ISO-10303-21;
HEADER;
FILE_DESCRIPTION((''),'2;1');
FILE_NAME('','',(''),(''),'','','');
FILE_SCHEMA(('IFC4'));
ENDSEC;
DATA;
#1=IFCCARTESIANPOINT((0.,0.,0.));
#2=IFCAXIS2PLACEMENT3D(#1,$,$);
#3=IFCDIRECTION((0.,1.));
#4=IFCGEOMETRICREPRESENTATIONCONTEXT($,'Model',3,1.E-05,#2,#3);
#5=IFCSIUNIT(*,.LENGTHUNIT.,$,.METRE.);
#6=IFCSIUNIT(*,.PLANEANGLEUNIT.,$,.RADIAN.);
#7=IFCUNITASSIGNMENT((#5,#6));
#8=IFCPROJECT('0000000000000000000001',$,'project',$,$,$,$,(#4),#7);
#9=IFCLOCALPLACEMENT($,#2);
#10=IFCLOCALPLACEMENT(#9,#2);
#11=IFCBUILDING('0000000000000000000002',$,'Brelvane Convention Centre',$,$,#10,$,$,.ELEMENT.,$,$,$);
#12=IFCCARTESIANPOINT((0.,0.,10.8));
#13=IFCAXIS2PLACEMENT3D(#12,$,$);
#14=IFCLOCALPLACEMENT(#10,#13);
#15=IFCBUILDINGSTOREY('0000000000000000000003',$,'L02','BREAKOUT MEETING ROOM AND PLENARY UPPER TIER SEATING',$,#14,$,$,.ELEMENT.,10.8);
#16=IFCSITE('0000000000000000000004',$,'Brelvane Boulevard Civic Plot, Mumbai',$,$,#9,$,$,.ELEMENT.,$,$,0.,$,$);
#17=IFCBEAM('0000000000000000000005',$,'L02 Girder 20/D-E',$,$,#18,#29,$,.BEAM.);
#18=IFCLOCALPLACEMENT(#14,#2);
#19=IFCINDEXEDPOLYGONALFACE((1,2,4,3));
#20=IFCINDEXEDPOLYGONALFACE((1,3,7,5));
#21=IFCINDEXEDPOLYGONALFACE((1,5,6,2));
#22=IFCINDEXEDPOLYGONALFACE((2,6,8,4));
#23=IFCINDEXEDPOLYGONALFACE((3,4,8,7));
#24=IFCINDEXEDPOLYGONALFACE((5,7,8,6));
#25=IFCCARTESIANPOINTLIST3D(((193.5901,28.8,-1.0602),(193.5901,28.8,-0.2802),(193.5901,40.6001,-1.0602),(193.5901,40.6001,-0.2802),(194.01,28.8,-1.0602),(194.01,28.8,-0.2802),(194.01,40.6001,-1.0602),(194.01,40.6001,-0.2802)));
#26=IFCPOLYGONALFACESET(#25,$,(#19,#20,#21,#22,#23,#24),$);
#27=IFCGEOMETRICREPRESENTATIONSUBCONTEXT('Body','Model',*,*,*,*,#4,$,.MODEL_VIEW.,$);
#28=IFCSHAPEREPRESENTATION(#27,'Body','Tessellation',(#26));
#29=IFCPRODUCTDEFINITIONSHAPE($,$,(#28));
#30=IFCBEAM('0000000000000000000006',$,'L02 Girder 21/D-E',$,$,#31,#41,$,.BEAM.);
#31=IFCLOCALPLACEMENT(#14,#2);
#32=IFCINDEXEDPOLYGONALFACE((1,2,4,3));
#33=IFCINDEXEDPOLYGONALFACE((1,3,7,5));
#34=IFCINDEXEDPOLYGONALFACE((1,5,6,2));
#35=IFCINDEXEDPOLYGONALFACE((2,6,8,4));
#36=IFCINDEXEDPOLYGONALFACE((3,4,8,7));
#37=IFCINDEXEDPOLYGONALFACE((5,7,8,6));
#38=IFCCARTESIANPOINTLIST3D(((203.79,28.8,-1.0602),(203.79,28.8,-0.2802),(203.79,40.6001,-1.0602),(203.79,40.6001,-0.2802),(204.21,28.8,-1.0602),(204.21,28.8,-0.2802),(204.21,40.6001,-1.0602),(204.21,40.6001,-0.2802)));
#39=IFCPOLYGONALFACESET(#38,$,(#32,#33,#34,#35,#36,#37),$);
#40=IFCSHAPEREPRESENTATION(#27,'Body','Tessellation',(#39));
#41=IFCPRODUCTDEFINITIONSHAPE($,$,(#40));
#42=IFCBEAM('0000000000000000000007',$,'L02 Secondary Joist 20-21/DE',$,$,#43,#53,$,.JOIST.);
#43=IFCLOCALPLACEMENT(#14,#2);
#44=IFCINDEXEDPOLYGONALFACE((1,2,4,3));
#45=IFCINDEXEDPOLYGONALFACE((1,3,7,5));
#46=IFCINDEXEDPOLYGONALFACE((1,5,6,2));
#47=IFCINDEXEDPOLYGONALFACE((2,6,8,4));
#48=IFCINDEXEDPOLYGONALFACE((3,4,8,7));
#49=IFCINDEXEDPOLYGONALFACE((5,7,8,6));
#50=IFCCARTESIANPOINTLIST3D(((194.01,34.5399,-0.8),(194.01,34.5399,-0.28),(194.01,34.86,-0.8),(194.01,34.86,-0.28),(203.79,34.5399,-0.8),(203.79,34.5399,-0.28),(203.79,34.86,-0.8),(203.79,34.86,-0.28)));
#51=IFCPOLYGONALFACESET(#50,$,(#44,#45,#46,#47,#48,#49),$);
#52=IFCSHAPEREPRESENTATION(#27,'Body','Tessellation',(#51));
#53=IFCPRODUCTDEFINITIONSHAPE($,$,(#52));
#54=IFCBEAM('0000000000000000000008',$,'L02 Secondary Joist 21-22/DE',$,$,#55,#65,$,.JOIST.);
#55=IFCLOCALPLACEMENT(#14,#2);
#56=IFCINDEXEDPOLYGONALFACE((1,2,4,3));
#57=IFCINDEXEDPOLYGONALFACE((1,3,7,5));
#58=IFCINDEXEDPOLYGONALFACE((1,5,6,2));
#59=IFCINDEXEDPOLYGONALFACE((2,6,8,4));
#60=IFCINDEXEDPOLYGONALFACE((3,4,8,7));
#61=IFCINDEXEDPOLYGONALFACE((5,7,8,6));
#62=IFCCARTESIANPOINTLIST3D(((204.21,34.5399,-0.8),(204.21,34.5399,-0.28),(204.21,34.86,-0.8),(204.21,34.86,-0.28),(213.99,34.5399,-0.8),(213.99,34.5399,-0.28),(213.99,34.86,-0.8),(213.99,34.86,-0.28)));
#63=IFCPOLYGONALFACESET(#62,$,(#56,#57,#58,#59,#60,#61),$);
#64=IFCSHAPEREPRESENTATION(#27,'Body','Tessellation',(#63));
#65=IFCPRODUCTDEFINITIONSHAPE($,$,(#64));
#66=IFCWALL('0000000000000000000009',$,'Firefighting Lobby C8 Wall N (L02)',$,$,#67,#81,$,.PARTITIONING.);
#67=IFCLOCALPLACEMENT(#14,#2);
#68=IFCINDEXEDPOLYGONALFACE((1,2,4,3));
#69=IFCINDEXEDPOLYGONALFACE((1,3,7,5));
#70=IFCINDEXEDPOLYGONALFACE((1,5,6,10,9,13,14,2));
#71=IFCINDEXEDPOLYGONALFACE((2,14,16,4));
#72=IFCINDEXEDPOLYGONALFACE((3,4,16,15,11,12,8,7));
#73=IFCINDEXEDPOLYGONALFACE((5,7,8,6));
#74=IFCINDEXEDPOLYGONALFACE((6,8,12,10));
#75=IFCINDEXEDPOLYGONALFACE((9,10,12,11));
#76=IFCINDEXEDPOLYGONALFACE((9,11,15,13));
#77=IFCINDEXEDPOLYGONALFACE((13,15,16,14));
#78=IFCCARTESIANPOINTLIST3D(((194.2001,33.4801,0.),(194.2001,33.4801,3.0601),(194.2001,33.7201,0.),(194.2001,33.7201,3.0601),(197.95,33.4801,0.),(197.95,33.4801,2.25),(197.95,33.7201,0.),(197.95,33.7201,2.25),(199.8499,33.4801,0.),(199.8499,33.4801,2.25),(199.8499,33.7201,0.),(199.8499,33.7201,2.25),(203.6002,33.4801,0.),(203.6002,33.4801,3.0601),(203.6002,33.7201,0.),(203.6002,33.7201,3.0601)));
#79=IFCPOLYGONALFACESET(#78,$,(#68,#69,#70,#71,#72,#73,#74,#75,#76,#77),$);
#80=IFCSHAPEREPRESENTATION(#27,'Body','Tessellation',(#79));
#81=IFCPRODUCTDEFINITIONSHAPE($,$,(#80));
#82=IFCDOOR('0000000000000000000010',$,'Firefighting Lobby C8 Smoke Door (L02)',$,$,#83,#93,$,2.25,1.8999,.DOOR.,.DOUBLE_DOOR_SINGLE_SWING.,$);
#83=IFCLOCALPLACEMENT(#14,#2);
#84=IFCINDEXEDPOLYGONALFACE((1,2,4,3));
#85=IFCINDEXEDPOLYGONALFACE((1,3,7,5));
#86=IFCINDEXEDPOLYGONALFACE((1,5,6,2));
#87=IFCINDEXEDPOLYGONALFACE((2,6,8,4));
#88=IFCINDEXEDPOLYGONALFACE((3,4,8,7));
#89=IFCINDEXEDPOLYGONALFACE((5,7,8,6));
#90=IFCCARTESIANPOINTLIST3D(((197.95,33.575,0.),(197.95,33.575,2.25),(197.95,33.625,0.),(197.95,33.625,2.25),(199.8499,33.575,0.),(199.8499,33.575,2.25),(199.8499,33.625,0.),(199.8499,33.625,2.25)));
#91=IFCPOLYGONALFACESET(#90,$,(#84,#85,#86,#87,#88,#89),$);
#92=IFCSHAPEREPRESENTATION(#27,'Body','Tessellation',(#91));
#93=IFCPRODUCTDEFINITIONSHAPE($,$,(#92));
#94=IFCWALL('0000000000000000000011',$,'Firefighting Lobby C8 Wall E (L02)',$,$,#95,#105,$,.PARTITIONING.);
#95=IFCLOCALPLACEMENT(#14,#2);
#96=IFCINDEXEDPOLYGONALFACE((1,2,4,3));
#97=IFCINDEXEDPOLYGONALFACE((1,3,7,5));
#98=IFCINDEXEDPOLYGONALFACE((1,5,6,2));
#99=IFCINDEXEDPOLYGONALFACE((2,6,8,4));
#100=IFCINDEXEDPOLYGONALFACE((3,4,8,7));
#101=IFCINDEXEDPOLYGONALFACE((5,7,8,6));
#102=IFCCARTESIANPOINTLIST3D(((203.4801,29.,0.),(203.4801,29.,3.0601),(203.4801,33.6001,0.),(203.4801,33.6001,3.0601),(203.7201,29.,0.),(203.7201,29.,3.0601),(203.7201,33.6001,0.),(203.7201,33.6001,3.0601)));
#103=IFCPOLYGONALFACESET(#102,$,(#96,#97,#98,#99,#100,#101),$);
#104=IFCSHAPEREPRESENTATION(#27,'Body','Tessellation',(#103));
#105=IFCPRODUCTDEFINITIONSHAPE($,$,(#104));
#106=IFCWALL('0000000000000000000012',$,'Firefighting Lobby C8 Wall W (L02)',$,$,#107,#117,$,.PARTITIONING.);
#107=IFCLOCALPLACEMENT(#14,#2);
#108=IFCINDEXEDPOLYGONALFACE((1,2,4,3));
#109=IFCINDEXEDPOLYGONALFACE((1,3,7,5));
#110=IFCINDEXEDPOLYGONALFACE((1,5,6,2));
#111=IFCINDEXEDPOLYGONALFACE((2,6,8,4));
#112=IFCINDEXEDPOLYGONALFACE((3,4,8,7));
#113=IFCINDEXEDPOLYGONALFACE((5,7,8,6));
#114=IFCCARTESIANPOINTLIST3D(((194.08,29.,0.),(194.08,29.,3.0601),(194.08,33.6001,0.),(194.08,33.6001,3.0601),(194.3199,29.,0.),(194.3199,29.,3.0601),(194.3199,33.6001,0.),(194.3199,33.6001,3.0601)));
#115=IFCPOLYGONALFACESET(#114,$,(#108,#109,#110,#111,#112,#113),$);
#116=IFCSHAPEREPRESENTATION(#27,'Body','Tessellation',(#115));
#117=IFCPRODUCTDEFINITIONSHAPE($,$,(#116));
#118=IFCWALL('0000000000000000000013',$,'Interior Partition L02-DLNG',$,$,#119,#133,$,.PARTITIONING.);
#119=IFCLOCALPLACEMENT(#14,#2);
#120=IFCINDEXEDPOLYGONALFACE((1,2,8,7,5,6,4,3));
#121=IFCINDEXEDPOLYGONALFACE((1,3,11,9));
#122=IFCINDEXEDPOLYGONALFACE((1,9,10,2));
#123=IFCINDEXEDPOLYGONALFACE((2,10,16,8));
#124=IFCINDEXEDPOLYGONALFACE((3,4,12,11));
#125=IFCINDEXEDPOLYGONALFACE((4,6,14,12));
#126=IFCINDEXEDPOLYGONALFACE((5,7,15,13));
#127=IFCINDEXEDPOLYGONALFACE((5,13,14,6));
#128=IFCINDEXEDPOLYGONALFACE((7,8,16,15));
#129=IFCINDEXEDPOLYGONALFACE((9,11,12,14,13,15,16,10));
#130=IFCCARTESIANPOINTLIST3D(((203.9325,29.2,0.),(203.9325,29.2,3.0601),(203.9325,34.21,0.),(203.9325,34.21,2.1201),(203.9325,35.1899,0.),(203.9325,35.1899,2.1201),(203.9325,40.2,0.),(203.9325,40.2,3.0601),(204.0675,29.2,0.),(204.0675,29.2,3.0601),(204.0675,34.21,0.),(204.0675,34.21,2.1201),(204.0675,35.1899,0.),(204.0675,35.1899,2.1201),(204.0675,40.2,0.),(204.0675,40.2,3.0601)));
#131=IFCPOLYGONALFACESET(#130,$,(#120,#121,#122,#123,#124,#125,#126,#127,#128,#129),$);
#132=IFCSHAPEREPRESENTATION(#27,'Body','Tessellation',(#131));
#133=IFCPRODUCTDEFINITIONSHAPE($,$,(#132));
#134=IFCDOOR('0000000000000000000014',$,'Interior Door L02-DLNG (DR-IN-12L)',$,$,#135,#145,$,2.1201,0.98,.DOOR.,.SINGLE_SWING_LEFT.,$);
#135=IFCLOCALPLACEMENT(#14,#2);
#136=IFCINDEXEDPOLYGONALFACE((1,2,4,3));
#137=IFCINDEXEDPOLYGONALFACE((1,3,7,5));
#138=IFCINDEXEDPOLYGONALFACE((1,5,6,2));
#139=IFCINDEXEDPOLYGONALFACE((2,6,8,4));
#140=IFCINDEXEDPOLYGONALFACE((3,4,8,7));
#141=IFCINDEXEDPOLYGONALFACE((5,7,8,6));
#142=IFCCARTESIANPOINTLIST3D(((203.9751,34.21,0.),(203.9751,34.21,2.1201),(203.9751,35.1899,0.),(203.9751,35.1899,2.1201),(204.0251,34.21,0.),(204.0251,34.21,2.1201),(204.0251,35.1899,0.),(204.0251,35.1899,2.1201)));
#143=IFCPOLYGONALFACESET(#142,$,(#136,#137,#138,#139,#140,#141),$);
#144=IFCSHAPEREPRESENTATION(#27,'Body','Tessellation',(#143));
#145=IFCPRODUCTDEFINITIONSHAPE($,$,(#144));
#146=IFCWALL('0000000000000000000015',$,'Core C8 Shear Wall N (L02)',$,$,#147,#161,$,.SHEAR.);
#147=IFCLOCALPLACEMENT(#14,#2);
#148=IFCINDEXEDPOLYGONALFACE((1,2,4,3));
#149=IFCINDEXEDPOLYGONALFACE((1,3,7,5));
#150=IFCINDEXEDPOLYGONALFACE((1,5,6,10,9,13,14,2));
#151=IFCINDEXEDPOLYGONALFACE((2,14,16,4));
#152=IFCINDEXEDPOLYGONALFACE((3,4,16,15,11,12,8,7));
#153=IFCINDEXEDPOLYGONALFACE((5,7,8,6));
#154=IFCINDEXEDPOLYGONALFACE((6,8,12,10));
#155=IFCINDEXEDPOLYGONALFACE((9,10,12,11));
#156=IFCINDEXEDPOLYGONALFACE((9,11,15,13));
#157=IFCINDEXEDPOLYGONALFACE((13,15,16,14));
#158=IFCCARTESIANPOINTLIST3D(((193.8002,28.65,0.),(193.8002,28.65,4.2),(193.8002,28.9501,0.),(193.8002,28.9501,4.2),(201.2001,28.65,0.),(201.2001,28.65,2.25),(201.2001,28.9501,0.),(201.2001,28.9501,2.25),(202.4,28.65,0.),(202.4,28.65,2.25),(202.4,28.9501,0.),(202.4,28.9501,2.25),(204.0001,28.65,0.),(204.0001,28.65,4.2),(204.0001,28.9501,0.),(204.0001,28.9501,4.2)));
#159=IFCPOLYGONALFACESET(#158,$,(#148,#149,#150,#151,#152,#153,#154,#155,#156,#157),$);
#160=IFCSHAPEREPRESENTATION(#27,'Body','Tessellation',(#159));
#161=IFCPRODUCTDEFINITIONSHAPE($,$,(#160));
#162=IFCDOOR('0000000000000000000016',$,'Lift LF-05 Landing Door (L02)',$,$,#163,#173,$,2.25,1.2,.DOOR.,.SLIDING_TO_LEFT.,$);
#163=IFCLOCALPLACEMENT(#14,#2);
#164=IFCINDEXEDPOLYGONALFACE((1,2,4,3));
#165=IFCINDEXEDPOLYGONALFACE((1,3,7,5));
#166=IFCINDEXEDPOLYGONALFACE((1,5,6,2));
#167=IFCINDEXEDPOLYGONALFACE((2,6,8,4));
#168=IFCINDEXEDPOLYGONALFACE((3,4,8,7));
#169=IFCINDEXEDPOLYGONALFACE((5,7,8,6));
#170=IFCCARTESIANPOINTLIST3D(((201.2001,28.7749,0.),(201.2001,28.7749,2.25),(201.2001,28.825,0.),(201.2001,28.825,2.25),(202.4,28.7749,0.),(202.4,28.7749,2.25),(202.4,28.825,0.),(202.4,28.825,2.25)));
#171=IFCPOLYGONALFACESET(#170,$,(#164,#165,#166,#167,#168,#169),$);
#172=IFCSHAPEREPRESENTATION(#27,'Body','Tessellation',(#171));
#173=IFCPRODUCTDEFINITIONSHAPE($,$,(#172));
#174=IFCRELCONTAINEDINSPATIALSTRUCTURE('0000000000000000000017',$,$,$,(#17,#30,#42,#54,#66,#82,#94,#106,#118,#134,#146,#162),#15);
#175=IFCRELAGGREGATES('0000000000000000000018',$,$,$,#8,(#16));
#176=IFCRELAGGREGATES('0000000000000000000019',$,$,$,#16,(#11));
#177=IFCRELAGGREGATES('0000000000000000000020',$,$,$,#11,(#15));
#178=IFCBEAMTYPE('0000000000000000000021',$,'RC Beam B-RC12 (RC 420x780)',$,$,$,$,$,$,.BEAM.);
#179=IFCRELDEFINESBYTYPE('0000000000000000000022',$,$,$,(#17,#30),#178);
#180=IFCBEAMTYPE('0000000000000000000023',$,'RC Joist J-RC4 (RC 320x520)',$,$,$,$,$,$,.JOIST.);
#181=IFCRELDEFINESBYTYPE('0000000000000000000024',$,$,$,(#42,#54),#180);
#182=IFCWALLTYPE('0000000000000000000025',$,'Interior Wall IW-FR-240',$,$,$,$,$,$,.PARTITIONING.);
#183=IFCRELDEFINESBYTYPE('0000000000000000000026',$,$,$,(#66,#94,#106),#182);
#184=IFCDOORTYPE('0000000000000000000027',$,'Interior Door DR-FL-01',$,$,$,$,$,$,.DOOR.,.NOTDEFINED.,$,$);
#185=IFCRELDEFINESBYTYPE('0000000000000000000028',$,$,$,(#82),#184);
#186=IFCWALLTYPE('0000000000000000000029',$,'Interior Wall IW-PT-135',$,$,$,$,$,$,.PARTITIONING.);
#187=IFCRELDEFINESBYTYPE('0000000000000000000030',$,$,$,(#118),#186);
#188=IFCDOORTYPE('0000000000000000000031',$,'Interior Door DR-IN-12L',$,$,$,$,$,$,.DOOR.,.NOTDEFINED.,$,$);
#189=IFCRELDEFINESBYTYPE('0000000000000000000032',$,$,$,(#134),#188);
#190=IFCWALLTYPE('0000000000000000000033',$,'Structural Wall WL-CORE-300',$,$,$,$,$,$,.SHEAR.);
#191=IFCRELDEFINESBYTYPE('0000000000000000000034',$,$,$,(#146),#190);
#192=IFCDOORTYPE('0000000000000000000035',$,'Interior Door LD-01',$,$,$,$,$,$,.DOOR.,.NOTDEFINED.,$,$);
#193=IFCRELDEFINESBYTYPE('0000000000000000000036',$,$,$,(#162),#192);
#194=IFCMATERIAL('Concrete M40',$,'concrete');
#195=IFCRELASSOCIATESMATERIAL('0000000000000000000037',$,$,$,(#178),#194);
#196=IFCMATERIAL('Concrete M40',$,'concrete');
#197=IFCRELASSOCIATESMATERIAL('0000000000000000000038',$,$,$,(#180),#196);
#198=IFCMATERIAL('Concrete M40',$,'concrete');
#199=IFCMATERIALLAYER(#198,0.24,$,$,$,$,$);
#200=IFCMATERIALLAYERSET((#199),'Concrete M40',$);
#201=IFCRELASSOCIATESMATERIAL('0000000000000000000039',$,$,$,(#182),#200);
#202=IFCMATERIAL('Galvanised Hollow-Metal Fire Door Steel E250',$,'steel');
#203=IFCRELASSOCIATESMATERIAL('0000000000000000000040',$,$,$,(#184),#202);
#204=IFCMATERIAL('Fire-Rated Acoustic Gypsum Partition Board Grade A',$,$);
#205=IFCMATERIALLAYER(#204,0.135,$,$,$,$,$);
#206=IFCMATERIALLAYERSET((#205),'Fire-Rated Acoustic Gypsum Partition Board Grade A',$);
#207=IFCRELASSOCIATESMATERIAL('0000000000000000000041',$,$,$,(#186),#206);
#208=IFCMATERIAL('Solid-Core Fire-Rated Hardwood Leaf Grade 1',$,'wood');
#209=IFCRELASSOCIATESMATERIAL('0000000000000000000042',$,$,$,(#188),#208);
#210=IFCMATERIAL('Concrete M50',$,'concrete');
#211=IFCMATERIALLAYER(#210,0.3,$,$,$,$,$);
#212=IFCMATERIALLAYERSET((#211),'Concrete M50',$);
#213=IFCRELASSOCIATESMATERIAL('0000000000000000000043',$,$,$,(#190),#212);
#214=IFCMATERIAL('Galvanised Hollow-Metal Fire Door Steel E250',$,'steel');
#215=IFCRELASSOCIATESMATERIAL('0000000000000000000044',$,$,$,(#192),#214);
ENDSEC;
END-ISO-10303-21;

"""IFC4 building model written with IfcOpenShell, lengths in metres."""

from ifc_helpers import new_model, si_unit, direction, frame, frame_2d, origin, origin_2d, place, context, subcontext, project, spatial, rectangle, extrude, material, layer, layer_set, material_profile, profile_set, type_object, element, fill, save


model = new_model("IFC4")

# Units and contexts
model_context = context("Model", 3, precision=1e-05, world=origin(), true_north=direction((0.0, 1.0)))
body_context = subcontext(model_context, "Body", "Model", "MODEL_VIEW")
ifc_project = project(units=[si_unit("LENGTHUNIT", "METRE"), si_unit("PLANEANGLEUNIT", "RADIAN")], contexts=[model_context])

# Site, building, storey
site_placement = place(None, origin())
site = spatial("IfcSite", under=ifc_project, at=site_placement, Name="Brelvane Boulevard Civic Plot, Mumbai", CompositionType="ELEMENT", RefElevation=0.0)
building_placement = place(site_placement, origin())
building = spatial("IfcBuilding", under=site, at=building_placement, Name="Brelvane Convention Centre", CompositionType="ELEMENT")
storey_placement = place(building_placement, frame((0.0, 0.0, 10.8)))
storey = spatial("IfcBuildingStorey", under=building, at=storey_placement, Name="L02", Description="BREAKOUT MEETING ROOM AND PLENARY UPPER TIER SEATING", CompositionType="ELEMENT", Elevation=10.8)

# Beams
ifc_material_1 = material(Name="Concrete M40", Category="concrete")
ifc_material_profile_1 = material_profile(ifc_material_1, rectangle(XDim=0.4199, YDim=0.78, at=origin_2d()), Name="RC 420x780")
ifc_profile_set_1 = profile_set([ifc_material_profile_1], Name="Concrete M40")
beam_type_1 = type_object("IfcBeamType", Name="RC Beam B-RC12 (RC 420x780)", PredefinedType="BEAM", material=ifc_profile_set_1)
for number, where, z_axis, x_axis, name in (
    (1, (193.8, 28.8, -0.6702), (0.0, 1.0, 0.0), (-1.0, 0.0, 0.0), "L02 Girder 20/D-E"),
    (2, (204.0, 28.8, -0.6702), (0.0, 1.0, 0.0), (-1.0, 0.0, 0.0), "L02 Girder 21/D-E"),
):
    element("IfcBeam", number, at=place(storey_placement, frame(where, z_axis=z_axis, x_axis=x_axis)), inside=storey, type_object=beam_type_1, Name=name, PredefinedType="BEAM", context=body_context, shape_type="SweptSolid", body=[
        extrude(rectangle(XDim=0.4199, YDim=0.78, at=origin_2d()), origin(), (0.0, 0.0, 1.0), 11.8),
    ])
ifc_material_2 = material(Name="Concrete M40", Category="concrete")
ifc_material_profile_2 = material_profile(ifc_material_2, rectangle(XDim=0.3201, YDim=0.52, at=origin_2d()), Name="RC 320x520")
ifc_profile_set_2 = profile_set([ifc_material_profile_2], Name="Concrete M40")
beam_type_2 = type_object("IfcBeamType", Name="RC Joist J-RC4 (RC 320x520)", PredefinedType="JOIST", material=ifc_profile_set_2)
for number, where, z_axis, x_axis, name in (
    (3, (194.01, 34.7, -0.54), (1.0, 0.0, 0.0), (0.0, 1.0, 0.0), "L02 Secondary Joist 20-21/DE"),
    (4, (204.21, 34.7, -0.54), (1.0, 0.0, 0.0), (0.0, 1.0, 0.0), "L02 Secondary Joist 21-22/DE"),
):
    element("IfcBeam", number, at=place(storey_placement, frame(where, z_axis=z_axis, x_axis=x_axis)), inside=storey, type_object=beam_type_2, Name=name, PredefinedType="JOIST", context=body_context, shape_type="SweptSolid", body=[
        extrude(rectangle(XDim=0.3201, YDim=0.52, at=origin_2d()), origin(), (0.0, 0.0, 1.0), 9.78),
    ])

# Wall, opening, door
ifc_material_3 = material(Name="Concrete M40", Category="concrete")
ifc_layer_1 = layer(ifc_material_3, 0.24)
ifc_layer_set_1 = layer_set([ifc_layer_1], Name="Concrete M40")
wall_type_1 = type_object("IfcWallType", Name="Interior Wall IW-FR-240", PredefinedType="PARTITIONING", material=ifc_layer_set_1)
wall_1_placement = place(storey_placement, frame((194.2, 33.6001, 0.0), z_axis=(0.0, 0.0, 1.0), x_axis=(1.0, 0.0, 0.0)))
wall_1 = element("IfcWall", 5, at=wall_1_placement, inside=storey, type_object=wall_type_1, Name="Firefighting Lobby C8 Wall N (L02)", PredefinedType="PARTITIONING", context=body_context, shape_type="SweptSolid", body=[
    extrude(rectangle(XDim=9.4001, YDim=0.24, at=frame_2d((4.7002, 0.0))), origin(), (0.0, 0.0, 1.0), 3.0601),
])
opening_1_placement = place(wall_1_placement, frame((3.75, 0.0, 0.0)))
opening_1 = element("IfcOpeningElement", 6, at=opening_1_placement, cuts=wall_1, PredefinedType="OPENING", context=body_context, shape_type="SweptSolid", body=[
    extrude(rectangle(XDim=1.8999, YDim=2.25, at=frame_2d((0.95, 1.125))), frame((0.0, 0.1299, 0.0), z_axis=(0.0, -1.0, 0.0), x_axis=(1.0, 0.0, 0.0)), (0.0, 0.0, 1.0), 0.26),
])
ifc_material_4 = material(Name="Galvanised Hollow-Metal Fire Door Steel E250", Category="steel")
door_type_1 = type_object("IfcDoorType", Name="Interior Door DR-FL-01", OperationType="NOTDEFINED", PredefinedType="DOOR", material=ifc_material_4)
door_1_placement = place(opening_1_placement, origin())
door_1 = element("IfcDoor", 7, at=door_1_placement, inside=storey, type_object=door_type_1, Name="Firefighting Lobby C8 Smoke Door (L02)", OperationType="DOUBLE_DOOR_SINGLE_SWING", OverallHeight=2.25, OverallWidth=1.8999, PredefinedType="DOOR", context=body_context, shape_type="SweptSolid", body=[
    extrude(rectangle(XDim=1.8999, YDim=2.25, at=frame_2d((0.95, 1.125))), frame((0.0, 0.0249, 0.0), z_axis=(0.0, -1.0, 0.0), x_axis=(1.0, 0.0, 0.0)), (0.0, 0.0, 1.0), 0.05),
])
fill(opening_1, door_1)

# Walls
for number, where, z_axis, x_axis, name in (
    (8, (203.6001, 29.0, 0.0), (0.0, 0.0, 1.0), (0.0, 1.0, 0.0), "Firefighting Lobby C8 Wall E (L02)"),
    (9, (194.2, 29.0, 0.0), (0.0, 0.0, 1.0), (0.0, 1.0, 0.0), "Firefighting Lobby C8 Wall W (L02)"),
):
    element("IfcWall", number, at=place(storey_placement, frame(where, z_axis=z_axis, x_axis=x_axis)), inside=storey, type_object=wall_type_1, Name=name, PredefinedType="PARTITIONING", context=body_context, shape_type="SweptSolid", body=[
        extrude(rectangle(XDim=4.6001, YDim=0.24, at=frame_2d((2.3, 0.0))), origin(), (0.0, 0.0, 1.0), 3.0601),
    ])

# Walls, openings, doors
ifc_material_5 = material(Name="Fire-Rated Acoustic Gypsum Partition Board Grade A")
ifc_layer_2 = layer(ifc_material_5, 0.135)
ifc_layer_set_2 = layer_set([ifc_layer_2], Name="Fire-Rated Acoustic Gypsum Partition Board Grade A")
wall_type_2 = type_object("IfcWallType", Name="Interior Wall IW-PT-135", PredefinedType="PARTITIONING", material=ifc_layer_set_2)
wall_2_placement = place(storey_placement, frame((204.0, 29.2, 0.0), z_axis=(0.0, 0.0, 1.0), x_axis=(0.0, 1.0, 0.0)))
wall_2 = element("IfcWall", 10, at=wall_2_placement, inside=storey, type_object=wall_type_2, Name="Interior Partition L02-DLNG", PredefinedType="PARTITIONING", context=body_context, shape_type="SweptSolid", body=[
    extrude(rectangle(XDim=11.0, YDim=0.135, at=frame_2d((5.5, 0.0))), origin(), (0.0, 0.0, 1.0), 3.0601),
])
opening_2_placement = place(wall_2_placement, frame((5.01, 0.0, 0.0)))
opening_2 = element("IfcOpeningElement", 11, at=opening_2_placement, cuts=wall_2, PredefinedType="OPENING", context=body_context, shape_type="SweptSolid", body=[
    extrude(rectangle(XDim=0.98, YDim=2.1201, at=frame_2d((0.49, 1.0601))), frame((0.0, 0.0774, 0.0), z_axis=(0.0, -1.0, 0.0), x_axis=(1.0, 0.0, 0.0)), (0.0, 0.0, 1.0), 0.155),
])
ifc_material_6 = material(Name="Solid-Core Fire-Rated Hardwood Leaf Grade 1", Category="wood")
door_type_2 = type_object("IfcDoorType", Name="Interior Door DR-IN-12L", OperationType="NOTDEFINED", PredefinedType="DOOR", material=ifc_material_6)
door_2_placement = place(opening_2_placement, origin())
door_2 = element("IfcDoor", 12, at=door_2_placement, inside=storey, type_object=door_type_2, Name="Interior Door L02-DLNG (DR-IN-12L)", OperationType="SINGLE_SWING_LEFT", OverallHeight=2.1201, OverallWidth=0.98, PredefinedType="DOOR", context=body_context, shape_type="SweptSolid", body=[
    extrude(rectangle(XDim=0.98, YDim=2.1201, at=frame_2d((0.49, 1.0601))), frame((0.0, 0.0249, 0.0), z_axis=(0.0, -1.0, 0.0), x_axis=(1.0, 0.0, 0.0)), (0.0, 0.0, 1.0), 0.05),
])
fill(opening_2, door_2)
ifc_material_7 = material(Name="Concrete M50", Category="concrete")
ifc_layer_3 = layer(ifc_material_7, 0.3)
ifc_layer_set_3 = layer_set([ifc_layer_3], Name="Concrete M50")
wall_type_3 = type_object("IfcWallType", Name="Structural Wall WL-CORE-300", PredefinedType="SHEAR", material=ifc_layer_set_3)
wall_3_placement = place(storey_placement, frame((193.8, 28.8, 0.0), z_axis=(0.0, 0.0, 1.0), x_axis=(1.0, 0.0, 0.0)))
wall_3 = element("IfcWall", 13, at=wall_3_placement, inside=storey, type_object=wall_type_3, Name="Core C8 Shear Wall N (L02)", PredefinedType="SHEAR", context=body_context, shape_type="SweptSolid", body=[
    extrude(rectangle(XDim=10.2, YDim=0.3, at=frame_2d((5.1001, 0.0))), origin(), (0.0, 0.0, 1.0), 4.2),
])
opening_3_placement = place(wall_3_placement, frame((7.3999, 0.0, 0.0)))
opening_3 = element("IfcOpeningElement", 14, at=opening_3_placement, cuts=wall_3, PredefinedType="OPENING", context=body_context, shape_type="SweptSolid", body=[
    extrude(rectangle(XDim=1.2, YDim=2.25, at=frame_2d((0.6001, 1.125))), frame((0.0, 0.1599, 0.0), z_axis=(0.0, -1.0, 0.0), x_axis=(1.0, 0.0, 0.0)), (0.0, 0.0, 1.0), 0.3201),
])
ifc_material_8 = material(Name="Galvanised Hollow-Metal Fire Door Steel E250", Category="steel")
door_type_3 = type_object("IfcDoorType", Name="Interior Door LD-01", OperationType="NOTDEFINED", PredefinedType="DOOR", material=ifc_material_8)
door_3_placement = place(opening_3_placement, origin())
door_3 = element("IfcDoor", 15, at=door_3_placement, inside=storey, type_object=door_type_3, Name="Lift LF-05 Landing Door (L02)", OperationType="SLIDING_TO_LEFT", OverallHeight=2.25, OverallWidth=1.2, PredefinedType="DOOR", context=body_context, shape_type="SweptSolid", body=[
    extrude(rectangle(XDim=1.2, YDim=2.25, at=frame_2d((0.6001, 1.125))), frame((0.0, 0.0249, 0.0), z_axis=(0.0, -1.0, 0.0), x_axis=(1.0, 0.0, 0.0)), (0.0, 0.0, 1.0), 0.05),
])
fill(opening_3, door_3)

save(model, "model.ifc")
